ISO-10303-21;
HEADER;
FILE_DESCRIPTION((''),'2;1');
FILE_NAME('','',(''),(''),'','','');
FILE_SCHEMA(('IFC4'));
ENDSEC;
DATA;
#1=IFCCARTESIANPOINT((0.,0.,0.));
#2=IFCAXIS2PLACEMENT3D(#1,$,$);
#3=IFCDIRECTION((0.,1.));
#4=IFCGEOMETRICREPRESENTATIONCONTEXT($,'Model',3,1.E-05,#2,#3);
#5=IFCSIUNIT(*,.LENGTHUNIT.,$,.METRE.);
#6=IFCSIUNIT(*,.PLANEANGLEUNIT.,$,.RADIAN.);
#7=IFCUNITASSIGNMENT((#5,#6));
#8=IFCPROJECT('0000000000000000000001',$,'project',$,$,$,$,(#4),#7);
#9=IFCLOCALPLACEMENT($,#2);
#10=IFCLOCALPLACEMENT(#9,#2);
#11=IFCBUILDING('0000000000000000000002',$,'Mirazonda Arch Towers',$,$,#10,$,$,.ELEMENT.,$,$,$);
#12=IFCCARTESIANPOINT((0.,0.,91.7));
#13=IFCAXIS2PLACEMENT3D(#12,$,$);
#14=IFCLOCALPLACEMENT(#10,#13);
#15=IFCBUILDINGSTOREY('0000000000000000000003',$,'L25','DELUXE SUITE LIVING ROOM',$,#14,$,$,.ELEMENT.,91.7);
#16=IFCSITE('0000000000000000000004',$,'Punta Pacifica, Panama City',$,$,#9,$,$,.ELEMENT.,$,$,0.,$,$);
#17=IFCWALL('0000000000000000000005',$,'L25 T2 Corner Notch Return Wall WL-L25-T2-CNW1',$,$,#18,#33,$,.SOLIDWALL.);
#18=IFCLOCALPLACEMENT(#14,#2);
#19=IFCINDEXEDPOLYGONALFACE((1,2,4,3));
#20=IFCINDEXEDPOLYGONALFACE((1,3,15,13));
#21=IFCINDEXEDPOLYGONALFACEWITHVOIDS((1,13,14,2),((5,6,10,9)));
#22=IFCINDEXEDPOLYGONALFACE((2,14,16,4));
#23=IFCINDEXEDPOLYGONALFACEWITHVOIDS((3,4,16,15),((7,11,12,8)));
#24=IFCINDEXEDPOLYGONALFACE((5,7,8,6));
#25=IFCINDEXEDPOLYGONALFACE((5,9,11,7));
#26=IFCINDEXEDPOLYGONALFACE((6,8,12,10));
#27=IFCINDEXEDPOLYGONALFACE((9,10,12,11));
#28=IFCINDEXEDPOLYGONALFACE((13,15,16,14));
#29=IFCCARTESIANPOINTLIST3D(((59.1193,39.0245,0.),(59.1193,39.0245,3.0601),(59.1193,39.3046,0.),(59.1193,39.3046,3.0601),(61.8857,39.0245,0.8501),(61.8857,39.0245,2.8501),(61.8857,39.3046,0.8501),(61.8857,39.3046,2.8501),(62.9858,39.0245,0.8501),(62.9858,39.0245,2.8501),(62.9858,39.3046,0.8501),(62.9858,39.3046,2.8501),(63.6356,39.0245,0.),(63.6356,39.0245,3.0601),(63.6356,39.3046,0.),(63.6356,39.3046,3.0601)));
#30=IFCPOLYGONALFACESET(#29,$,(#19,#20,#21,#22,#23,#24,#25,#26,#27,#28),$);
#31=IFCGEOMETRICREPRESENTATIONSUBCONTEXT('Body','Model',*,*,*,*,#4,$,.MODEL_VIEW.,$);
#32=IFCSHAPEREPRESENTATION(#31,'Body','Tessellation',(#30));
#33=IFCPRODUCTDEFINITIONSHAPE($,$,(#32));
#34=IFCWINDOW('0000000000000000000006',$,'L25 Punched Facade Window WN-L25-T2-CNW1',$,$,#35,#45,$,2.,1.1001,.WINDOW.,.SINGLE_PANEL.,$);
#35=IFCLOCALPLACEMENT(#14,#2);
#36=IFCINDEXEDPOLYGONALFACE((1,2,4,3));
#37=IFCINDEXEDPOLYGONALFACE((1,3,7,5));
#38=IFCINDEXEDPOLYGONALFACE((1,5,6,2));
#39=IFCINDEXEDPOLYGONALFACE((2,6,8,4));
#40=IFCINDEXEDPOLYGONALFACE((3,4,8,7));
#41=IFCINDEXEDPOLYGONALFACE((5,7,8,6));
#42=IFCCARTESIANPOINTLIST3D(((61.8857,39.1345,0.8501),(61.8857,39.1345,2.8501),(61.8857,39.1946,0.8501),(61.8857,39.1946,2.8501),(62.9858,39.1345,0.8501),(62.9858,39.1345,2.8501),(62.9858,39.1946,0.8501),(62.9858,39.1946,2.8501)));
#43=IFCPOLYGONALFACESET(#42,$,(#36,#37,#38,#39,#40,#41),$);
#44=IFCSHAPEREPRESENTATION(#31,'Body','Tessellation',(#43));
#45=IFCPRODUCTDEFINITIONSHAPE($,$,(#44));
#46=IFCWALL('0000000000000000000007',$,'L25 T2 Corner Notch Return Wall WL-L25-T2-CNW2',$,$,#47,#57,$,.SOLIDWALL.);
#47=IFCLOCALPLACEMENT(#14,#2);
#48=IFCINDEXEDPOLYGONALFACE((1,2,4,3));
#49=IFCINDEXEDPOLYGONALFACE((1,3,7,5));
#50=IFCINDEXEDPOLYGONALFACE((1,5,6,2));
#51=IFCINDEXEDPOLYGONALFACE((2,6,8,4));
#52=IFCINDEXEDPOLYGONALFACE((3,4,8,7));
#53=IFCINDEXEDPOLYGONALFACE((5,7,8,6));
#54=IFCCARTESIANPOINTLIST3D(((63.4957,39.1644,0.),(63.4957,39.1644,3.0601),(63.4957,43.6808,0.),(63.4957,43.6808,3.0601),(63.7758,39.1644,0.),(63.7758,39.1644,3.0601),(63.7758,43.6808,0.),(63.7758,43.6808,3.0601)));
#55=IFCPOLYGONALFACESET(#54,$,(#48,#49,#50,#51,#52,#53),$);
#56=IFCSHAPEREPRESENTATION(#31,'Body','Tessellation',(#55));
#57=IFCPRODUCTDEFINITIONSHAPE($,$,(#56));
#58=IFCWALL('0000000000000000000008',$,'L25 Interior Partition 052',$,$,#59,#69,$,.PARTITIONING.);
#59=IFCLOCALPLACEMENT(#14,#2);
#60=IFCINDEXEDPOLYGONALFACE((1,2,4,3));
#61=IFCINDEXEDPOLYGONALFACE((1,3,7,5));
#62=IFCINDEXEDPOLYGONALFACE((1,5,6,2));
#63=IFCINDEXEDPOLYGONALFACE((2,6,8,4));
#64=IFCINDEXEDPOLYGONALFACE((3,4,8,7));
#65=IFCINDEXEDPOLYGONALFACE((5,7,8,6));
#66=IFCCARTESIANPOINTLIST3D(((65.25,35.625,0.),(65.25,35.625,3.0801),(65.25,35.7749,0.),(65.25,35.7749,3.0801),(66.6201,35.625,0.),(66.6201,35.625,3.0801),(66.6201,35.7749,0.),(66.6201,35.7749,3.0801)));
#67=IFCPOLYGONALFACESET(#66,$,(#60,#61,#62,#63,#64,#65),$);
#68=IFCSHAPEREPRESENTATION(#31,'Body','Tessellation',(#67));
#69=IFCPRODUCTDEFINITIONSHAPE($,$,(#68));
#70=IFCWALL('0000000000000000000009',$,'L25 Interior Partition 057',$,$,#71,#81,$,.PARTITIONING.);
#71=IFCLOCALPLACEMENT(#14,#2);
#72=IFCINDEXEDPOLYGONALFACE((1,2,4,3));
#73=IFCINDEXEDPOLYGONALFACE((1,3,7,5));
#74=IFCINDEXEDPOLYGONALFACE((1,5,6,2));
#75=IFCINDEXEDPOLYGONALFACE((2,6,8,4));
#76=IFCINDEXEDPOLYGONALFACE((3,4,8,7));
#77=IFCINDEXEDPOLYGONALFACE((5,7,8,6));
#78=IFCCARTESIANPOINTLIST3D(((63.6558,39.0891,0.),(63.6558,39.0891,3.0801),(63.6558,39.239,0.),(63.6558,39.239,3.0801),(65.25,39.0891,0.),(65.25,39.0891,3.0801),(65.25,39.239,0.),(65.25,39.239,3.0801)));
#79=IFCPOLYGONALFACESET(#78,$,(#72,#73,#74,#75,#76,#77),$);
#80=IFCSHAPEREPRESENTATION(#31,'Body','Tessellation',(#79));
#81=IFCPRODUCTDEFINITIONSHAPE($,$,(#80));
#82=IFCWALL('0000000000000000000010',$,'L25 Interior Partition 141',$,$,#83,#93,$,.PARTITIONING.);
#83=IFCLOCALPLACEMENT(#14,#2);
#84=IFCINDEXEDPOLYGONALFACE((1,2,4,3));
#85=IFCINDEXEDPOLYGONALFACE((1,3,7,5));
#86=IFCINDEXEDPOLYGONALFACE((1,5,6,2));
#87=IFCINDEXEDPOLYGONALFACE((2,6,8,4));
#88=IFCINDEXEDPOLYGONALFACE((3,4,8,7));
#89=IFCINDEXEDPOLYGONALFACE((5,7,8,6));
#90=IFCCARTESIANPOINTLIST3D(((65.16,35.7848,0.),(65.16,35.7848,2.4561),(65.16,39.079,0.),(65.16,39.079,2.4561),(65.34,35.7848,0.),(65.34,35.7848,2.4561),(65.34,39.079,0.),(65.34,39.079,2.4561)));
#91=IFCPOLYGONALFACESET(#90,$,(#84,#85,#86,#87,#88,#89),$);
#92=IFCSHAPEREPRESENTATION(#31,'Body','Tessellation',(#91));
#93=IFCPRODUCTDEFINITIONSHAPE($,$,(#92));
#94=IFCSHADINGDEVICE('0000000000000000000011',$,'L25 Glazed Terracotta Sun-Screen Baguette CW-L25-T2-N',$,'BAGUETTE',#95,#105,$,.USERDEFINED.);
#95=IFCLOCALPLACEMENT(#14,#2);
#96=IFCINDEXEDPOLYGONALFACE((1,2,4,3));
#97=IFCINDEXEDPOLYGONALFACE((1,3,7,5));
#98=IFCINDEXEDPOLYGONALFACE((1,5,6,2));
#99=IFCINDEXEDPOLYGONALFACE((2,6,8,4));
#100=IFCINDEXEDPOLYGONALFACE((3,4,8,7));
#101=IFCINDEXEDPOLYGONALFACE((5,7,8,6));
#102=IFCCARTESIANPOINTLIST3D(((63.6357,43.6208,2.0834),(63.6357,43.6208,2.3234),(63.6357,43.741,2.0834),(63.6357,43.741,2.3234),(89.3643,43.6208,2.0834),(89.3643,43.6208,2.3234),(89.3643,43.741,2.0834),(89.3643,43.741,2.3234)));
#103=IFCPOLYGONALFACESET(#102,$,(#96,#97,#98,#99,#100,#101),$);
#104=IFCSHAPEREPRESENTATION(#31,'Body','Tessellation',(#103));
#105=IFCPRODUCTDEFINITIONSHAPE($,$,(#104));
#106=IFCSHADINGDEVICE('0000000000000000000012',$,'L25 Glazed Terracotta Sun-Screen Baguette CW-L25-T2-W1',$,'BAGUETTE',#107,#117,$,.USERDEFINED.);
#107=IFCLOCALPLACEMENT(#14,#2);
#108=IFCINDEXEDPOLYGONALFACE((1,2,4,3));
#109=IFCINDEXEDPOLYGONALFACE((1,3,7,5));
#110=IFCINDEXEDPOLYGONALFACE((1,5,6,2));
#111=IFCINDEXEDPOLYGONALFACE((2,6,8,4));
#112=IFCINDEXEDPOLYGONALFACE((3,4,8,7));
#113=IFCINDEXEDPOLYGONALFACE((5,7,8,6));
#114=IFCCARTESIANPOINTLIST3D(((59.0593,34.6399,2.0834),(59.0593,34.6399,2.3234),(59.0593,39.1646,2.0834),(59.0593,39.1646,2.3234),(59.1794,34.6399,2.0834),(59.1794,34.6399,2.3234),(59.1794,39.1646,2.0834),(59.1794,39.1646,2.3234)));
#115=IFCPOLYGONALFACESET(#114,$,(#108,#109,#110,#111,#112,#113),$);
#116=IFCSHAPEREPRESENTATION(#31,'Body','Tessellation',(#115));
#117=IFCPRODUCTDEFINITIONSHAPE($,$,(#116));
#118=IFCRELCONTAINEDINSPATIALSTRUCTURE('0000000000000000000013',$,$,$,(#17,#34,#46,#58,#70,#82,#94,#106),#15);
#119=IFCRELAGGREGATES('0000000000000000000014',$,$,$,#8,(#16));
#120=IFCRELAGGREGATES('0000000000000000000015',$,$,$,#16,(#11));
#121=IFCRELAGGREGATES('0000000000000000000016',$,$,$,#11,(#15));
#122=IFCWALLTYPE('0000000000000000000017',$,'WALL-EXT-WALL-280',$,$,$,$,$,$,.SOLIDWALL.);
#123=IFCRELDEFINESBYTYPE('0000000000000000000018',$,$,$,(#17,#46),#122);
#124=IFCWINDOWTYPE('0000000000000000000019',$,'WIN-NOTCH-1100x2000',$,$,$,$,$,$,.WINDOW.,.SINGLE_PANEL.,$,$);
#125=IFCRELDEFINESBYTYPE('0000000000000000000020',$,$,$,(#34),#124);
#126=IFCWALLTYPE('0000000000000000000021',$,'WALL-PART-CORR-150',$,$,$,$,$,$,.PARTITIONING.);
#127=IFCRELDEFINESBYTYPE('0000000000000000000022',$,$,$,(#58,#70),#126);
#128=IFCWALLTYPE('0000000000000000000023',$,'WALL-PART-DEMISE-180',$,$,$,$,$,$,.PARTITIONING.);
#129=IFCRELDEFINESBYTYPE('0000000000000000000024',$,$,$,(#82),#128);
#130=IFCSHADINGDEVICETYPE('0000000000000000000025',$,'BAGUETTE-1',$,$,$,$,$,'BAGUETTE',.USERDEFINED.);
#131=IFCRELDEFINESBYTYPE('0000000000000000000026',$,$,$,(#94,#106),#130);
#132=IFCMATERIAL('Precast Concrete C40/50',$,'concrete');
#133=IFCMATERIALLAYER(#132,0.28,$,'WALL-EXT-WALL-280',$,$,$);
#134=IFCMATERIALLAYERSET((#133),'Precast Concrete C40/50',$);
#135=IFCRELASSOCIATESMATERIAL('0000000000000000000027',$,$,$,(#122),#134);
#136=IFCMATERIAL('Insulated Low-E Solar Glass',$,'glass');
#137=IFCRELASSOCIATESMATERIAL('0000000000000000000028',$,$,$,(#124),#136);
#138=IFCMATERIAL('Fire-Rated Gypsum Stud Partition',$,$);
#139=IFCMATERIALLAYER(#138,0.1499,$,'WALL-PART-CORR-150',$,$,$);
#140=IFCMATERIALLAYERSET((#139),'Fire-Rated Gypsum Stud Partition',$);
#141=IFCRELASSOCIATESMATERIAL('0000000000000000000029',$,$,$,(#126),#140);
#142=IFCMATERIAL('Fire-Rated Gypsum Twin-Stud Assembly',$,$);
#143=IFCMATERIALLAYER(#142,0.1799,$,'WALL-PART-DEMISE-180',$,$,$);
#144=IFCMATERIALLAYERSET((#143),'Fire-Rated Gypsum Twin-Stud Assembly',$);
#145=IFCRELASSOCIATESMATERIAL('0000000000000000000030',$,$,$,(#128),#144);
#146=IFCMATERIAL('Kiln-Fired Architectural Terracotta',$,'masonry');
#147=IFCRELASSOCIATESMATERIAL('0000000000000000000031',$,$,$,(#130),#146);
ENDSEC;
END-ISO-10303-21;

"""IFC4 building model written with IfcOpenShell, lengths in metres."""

from ifc_helpers import new_model, si_unit, direction, frame, frame_2d, origin, origin_2d, place, context, subcontext, project, spatial, rectangle, extrude, material, layer, layer_set, material_profile, profile_set, type_object, element, fill, save


model = new_model("IFC4")

# Units and contexts
model_context = context("Model", 3, precision=1e-05, world=origin(), true_north=direction((0.0, 1.0)))
body_context = subcontext(model_context, "Body", "Model", "MODEL_VIEW")
ifc_project = project(units=[si_unit("LENGTHUNIT", "METRE"), si_unit("PLANEANGLEUNIT", "RADIAN")], contexts=[model_context])

# Site, building, storey
site_placement = place(None, origin())
site = spatial("IfcSite", under=ifc_project, at=site_placement, Name="Punta Pacifica, Panama City", CompositionType="ELEMENT", RefElevation=0.0)
building_placement = place(site_placement, origin())
building = spatial("IfcBuilding", under=site, at=building_placement, Name="Mirazonda Arch Towers", CompositionType="ELEMENT")
storey_placement = place(building_placement, frame((0.0, 0.0, 91.7)))
storey = spatial("IfcBuildingStorey", under=building, at=storey_placement, Name="L25", Description="DELUXE SUITE LIVING ROOM", CompositionType="ELEMENT", Elevation=91.7)

# Shared definitions
ifc_material_1 = material(Name="Insulated Low-E Solar Glass", Category="glass")

# Wall, opening, window
ifc_material_2 = material(Name="Precast Concrete C40/50", Category="concrete")
ifc_layer_1 = layer(ifc_material_2, 0.28, Name="WALL-EXT-WALL-280")
ifc_layer_set_1 = layer_set([ifc_layer_1], Name="Precast Concrete C40/50")
wall_type_1 = type_object("IfcWallType", Name="WALL-EXT-WALL-280", PredefinedType="SOLIDWALL", material=ifc_layer_set_1)
wall_1_placement = place(storey_placement, frame((63.6357, 39.1646, 0.0), z_axis=(0.0, 0.0, 1.0), x_axis=(-1.0, 0.0, 0.0)))
wall_1 = element("IfcWall", 1, at=wall_1_placement, inside=storey, type_object=wall_type_1, Name="L25 T2 Corner Notch Return Wall WL-L25-T2-CNW1", PredefinedType="SOLIDWALL", context=body_context, shape_type="SweptSolid", body=[
    extrude(rectangle(XDim=4.5164, YDim=0.28, at=frame_2d((2.2583, 0.0))), origin(), (0.0, 0.0, 1.0), 3.0601),
])
opening_placement = place(wall_1_placement, frame((0.6499, 0.0, 0.8501)))
opening = element("IfcOpeningElement", 2, at=opening_placement, cuts=wall_1, PredefinedType="OPENING", context=body_context, shape_type="SweptSolid", body=[
    extrude(rectangle(XDim=1.1001, YDim=2.0, at=frame_2d((0.55, 1.0))), frame((0.0, 0.1499, 0.0), z_axis=(0.0, -1.0, 0.0), x_axis=(1.0, 0.0, 0.0)), (0.0, 0.0, 1.0), 0.3),
])
window_type = type_object("IfcWindowType", Name="WIN-NOTCH-1100x2000", PartitioningType="SINGLE_PANEL", PredefinedType="WINDOW", material=ifc_material_1)
window_placement = place(opening_placement, origin())
window = element("IfcWindow", 3, at=window_placement, inside=storey, type_object=window_type, Name="L25 Punched Facade Window WN-L25-T2-CNW1", OverallHeight=2.0, OverallWidth=1.1001, PartitioningType="SINGLE_PANEL", PredefinedType="WINDOW", context=body_context, shape_type="SweptSolid", body=[
    extrude(rectangle(XDim=1.1001, YDim=2.0, at=frame_2d((0.55, 1.0))), frame((0.0, 0.03, 0.0), z_axis=(0.0, -1.0, 0.0), x_axis=(1.0, 0.0, 0.0)), (0.0, 0.0, 1.0), 0.0601),
])
fill(opening, window)

# Walls
wall_2_placement = place(storey_placement, frame((63.6357, 43.6809, 0.0), z_axis=(0.0, 0.0, 1.0), x_axis=(0.0, -1.0, 0.0)))
element("IfcWall", 4, at=wall_2_placement, inside=storey, type_object=wall_type_1, Name="L25 T2 Corner Notch Return Wall WL-L25-T2-CNW2", PredefinedType="SOLIDWALL", context=body_context, shape_type="SweptSolid", body=[
    extrude(rectangle(XDim=4.5164, YDim=0.28, at=frame_2d((2.2583, 0.0))), origin(), (0.0, 0.0, 1.0), 3.0601),
])
ifc_material_3 = material(Name="Fire-Rated Gypsum Stud Partition")
ifc_layer_2 = layer(ifc_material_3, 0.1499, Name="WALL-PART-CORR-150")
ifc_layer_set_2 = layer_set([ifc_layer_2], Name="Fire-Rated Gypsum Stud Partition")
wall_type_2 = type_object("IfcWallType", Name="WALL-PART-CORR-150", PredefinedType="PARTITIONING", material=ifc_layer_set_2)
wall_3_placement = place(storey_placement, frame((65.25, 35.7, 0.0), z_axis=(0.0, 0.0, 1.0), x_axis=(1.0, 0.0, 0.0)))
element("IfcWall", 5, at=wall_3_placement, inside=storey, type_object=wall_type_2, Name="L25 Interior Partition 052", PredefinedType="PARTITIONING", context=body_context, shape_type="SweptSolid", body=[
    extrude(rectangle(XDim=1.3701, YDim=0.1499, at=frame_2d((0.6851, 0.0))), origin(), (0.0, 0.0, 1.0), 3.0801),
])
wall_4_placement = place(storey_placement, frame((63.6558, 39.1641, 0.0), z_axis=(0.0, 0.0, 1.0), x_axis=(1.0, 0.0, 0.0)))
element("IfcWall", 6, at=wall_4_placement, inside=storey, type_object=wall_type_2, Name="L25 Interior Partition 057", PredefinedType="PARTITIONING", context=body_context, shape_type="SweptSolid", body=[
    extrude(rectangle(XDim=1.5942, YDim=0.1499, at=frame_2d((0.7971, 0.0))), origin(), (0.0, 0.0, 1.0), 3.0801),
])
ifc_material_4 = material(Name="Fire-Rated Gypsum Twin-Stud Assembly")
ifc_layer_3 = layer(ifc_material_4, 0.1799, Name="WALL-PART-DEMISE-180")
ifc_layer_set_3 = layer_set([ifc_layer_3], Name="Fire-Rated Gypsum Twin-Stud Assembly")
wall_type_3 = type_object("IfcWallType", Name="WALL-PART-DEMISE-180", PredefinedType="PARTITIONING", material=ifc_layer_set_3)
wall_5_placement = place(storey_placement, frame((65.25, 35.7849, 0.0), z_axis=(0.0, 0.0, 1.0), x_axis=(0.0, 1.0, 0.0)))
element("IfcWall", 7, at=wall_5_placement, inside=storey, type_object=wall_type_3, Name="L25 Interior Partition 141", PredefinedType="PARTITIONING", context=body_context, shape_type="SweptSolid", body=[
    extrude(rectangle(XDim=3.2942, YDim=0.1799, at=frame_2d((1.647, 0.0))), origin(), (0.0, 0.0, 1.0), 2.4561),
])

# Shading devices
ifc_material_5 = material(Name="Kiln-Fired Architectural Terracotta", Category="masonry")
ifc_material_profile_1 = material_profile(ifc_material_5, rectangle(XDim=0.1201, YDim=0.24, at=origin_2d()), Name="TERRA-BAG-120x240")
ifc_profile_set_1 = profile_set([ifc_material_profile_1], Name="Kiln-Fired Architectural Terracotta")
shading_device_type = type_object("IfcShadingDeviceType", Name="BAGUETTE-1", ElementType="BAGUETTE", PredefinedType="USERDEFINED", material=ifc_profile_set_1)
shading_device_1_placement = place(storey_placement, frame((63.6357, 43.6809, 2.2034), z_axis=(1.0, 0.0, 0.0), x_axis=(0.0, 1.0, 0.0)))
element("IfcShadingDevice", 8, at=shading_device_1_placement, inside=storey, type_object=shading_device_type, Name="L25 Glazed Terracotta Sun-Screen Baguette CW-L25-T2-N", ObjectType="BAGUETTE", PredefinedType="USERDEFINED", context=body_context, shape_type="SweptSolid", body=[
    extrude(rectangle(XDim=0.1201, YDim=0.24, at=origin_2d()), origin(), (0.0, 0.0, 1.0), 25.7285),
])
shading_device_2_placement = place(storey_placement, frame((59.1194, 39.1646, 2.2034), z_axis=(0.0, -1.0, 0.0), x_axis=(1.0, 0.0, 0.0)))
element("IfcShadingDevice", 9, at=shading_device_2_placement, inside=storey, type_object=shading_device_type, Name="L25 Glazed Terracotta Sun-Screen Baguette CW-L25-T2-W1", ObjectType="BAGUETTE", PredefinedType="USERDEFINED", context=body_context, shape_type="SweptSolid", body=[
    extrude(rectangle(XDim=0.1201, YDim=0.24, at=origin_2d()), origin(), (0.0, 0.0, 1.0), 4.5247),
])

save(model, "model.ifc")
